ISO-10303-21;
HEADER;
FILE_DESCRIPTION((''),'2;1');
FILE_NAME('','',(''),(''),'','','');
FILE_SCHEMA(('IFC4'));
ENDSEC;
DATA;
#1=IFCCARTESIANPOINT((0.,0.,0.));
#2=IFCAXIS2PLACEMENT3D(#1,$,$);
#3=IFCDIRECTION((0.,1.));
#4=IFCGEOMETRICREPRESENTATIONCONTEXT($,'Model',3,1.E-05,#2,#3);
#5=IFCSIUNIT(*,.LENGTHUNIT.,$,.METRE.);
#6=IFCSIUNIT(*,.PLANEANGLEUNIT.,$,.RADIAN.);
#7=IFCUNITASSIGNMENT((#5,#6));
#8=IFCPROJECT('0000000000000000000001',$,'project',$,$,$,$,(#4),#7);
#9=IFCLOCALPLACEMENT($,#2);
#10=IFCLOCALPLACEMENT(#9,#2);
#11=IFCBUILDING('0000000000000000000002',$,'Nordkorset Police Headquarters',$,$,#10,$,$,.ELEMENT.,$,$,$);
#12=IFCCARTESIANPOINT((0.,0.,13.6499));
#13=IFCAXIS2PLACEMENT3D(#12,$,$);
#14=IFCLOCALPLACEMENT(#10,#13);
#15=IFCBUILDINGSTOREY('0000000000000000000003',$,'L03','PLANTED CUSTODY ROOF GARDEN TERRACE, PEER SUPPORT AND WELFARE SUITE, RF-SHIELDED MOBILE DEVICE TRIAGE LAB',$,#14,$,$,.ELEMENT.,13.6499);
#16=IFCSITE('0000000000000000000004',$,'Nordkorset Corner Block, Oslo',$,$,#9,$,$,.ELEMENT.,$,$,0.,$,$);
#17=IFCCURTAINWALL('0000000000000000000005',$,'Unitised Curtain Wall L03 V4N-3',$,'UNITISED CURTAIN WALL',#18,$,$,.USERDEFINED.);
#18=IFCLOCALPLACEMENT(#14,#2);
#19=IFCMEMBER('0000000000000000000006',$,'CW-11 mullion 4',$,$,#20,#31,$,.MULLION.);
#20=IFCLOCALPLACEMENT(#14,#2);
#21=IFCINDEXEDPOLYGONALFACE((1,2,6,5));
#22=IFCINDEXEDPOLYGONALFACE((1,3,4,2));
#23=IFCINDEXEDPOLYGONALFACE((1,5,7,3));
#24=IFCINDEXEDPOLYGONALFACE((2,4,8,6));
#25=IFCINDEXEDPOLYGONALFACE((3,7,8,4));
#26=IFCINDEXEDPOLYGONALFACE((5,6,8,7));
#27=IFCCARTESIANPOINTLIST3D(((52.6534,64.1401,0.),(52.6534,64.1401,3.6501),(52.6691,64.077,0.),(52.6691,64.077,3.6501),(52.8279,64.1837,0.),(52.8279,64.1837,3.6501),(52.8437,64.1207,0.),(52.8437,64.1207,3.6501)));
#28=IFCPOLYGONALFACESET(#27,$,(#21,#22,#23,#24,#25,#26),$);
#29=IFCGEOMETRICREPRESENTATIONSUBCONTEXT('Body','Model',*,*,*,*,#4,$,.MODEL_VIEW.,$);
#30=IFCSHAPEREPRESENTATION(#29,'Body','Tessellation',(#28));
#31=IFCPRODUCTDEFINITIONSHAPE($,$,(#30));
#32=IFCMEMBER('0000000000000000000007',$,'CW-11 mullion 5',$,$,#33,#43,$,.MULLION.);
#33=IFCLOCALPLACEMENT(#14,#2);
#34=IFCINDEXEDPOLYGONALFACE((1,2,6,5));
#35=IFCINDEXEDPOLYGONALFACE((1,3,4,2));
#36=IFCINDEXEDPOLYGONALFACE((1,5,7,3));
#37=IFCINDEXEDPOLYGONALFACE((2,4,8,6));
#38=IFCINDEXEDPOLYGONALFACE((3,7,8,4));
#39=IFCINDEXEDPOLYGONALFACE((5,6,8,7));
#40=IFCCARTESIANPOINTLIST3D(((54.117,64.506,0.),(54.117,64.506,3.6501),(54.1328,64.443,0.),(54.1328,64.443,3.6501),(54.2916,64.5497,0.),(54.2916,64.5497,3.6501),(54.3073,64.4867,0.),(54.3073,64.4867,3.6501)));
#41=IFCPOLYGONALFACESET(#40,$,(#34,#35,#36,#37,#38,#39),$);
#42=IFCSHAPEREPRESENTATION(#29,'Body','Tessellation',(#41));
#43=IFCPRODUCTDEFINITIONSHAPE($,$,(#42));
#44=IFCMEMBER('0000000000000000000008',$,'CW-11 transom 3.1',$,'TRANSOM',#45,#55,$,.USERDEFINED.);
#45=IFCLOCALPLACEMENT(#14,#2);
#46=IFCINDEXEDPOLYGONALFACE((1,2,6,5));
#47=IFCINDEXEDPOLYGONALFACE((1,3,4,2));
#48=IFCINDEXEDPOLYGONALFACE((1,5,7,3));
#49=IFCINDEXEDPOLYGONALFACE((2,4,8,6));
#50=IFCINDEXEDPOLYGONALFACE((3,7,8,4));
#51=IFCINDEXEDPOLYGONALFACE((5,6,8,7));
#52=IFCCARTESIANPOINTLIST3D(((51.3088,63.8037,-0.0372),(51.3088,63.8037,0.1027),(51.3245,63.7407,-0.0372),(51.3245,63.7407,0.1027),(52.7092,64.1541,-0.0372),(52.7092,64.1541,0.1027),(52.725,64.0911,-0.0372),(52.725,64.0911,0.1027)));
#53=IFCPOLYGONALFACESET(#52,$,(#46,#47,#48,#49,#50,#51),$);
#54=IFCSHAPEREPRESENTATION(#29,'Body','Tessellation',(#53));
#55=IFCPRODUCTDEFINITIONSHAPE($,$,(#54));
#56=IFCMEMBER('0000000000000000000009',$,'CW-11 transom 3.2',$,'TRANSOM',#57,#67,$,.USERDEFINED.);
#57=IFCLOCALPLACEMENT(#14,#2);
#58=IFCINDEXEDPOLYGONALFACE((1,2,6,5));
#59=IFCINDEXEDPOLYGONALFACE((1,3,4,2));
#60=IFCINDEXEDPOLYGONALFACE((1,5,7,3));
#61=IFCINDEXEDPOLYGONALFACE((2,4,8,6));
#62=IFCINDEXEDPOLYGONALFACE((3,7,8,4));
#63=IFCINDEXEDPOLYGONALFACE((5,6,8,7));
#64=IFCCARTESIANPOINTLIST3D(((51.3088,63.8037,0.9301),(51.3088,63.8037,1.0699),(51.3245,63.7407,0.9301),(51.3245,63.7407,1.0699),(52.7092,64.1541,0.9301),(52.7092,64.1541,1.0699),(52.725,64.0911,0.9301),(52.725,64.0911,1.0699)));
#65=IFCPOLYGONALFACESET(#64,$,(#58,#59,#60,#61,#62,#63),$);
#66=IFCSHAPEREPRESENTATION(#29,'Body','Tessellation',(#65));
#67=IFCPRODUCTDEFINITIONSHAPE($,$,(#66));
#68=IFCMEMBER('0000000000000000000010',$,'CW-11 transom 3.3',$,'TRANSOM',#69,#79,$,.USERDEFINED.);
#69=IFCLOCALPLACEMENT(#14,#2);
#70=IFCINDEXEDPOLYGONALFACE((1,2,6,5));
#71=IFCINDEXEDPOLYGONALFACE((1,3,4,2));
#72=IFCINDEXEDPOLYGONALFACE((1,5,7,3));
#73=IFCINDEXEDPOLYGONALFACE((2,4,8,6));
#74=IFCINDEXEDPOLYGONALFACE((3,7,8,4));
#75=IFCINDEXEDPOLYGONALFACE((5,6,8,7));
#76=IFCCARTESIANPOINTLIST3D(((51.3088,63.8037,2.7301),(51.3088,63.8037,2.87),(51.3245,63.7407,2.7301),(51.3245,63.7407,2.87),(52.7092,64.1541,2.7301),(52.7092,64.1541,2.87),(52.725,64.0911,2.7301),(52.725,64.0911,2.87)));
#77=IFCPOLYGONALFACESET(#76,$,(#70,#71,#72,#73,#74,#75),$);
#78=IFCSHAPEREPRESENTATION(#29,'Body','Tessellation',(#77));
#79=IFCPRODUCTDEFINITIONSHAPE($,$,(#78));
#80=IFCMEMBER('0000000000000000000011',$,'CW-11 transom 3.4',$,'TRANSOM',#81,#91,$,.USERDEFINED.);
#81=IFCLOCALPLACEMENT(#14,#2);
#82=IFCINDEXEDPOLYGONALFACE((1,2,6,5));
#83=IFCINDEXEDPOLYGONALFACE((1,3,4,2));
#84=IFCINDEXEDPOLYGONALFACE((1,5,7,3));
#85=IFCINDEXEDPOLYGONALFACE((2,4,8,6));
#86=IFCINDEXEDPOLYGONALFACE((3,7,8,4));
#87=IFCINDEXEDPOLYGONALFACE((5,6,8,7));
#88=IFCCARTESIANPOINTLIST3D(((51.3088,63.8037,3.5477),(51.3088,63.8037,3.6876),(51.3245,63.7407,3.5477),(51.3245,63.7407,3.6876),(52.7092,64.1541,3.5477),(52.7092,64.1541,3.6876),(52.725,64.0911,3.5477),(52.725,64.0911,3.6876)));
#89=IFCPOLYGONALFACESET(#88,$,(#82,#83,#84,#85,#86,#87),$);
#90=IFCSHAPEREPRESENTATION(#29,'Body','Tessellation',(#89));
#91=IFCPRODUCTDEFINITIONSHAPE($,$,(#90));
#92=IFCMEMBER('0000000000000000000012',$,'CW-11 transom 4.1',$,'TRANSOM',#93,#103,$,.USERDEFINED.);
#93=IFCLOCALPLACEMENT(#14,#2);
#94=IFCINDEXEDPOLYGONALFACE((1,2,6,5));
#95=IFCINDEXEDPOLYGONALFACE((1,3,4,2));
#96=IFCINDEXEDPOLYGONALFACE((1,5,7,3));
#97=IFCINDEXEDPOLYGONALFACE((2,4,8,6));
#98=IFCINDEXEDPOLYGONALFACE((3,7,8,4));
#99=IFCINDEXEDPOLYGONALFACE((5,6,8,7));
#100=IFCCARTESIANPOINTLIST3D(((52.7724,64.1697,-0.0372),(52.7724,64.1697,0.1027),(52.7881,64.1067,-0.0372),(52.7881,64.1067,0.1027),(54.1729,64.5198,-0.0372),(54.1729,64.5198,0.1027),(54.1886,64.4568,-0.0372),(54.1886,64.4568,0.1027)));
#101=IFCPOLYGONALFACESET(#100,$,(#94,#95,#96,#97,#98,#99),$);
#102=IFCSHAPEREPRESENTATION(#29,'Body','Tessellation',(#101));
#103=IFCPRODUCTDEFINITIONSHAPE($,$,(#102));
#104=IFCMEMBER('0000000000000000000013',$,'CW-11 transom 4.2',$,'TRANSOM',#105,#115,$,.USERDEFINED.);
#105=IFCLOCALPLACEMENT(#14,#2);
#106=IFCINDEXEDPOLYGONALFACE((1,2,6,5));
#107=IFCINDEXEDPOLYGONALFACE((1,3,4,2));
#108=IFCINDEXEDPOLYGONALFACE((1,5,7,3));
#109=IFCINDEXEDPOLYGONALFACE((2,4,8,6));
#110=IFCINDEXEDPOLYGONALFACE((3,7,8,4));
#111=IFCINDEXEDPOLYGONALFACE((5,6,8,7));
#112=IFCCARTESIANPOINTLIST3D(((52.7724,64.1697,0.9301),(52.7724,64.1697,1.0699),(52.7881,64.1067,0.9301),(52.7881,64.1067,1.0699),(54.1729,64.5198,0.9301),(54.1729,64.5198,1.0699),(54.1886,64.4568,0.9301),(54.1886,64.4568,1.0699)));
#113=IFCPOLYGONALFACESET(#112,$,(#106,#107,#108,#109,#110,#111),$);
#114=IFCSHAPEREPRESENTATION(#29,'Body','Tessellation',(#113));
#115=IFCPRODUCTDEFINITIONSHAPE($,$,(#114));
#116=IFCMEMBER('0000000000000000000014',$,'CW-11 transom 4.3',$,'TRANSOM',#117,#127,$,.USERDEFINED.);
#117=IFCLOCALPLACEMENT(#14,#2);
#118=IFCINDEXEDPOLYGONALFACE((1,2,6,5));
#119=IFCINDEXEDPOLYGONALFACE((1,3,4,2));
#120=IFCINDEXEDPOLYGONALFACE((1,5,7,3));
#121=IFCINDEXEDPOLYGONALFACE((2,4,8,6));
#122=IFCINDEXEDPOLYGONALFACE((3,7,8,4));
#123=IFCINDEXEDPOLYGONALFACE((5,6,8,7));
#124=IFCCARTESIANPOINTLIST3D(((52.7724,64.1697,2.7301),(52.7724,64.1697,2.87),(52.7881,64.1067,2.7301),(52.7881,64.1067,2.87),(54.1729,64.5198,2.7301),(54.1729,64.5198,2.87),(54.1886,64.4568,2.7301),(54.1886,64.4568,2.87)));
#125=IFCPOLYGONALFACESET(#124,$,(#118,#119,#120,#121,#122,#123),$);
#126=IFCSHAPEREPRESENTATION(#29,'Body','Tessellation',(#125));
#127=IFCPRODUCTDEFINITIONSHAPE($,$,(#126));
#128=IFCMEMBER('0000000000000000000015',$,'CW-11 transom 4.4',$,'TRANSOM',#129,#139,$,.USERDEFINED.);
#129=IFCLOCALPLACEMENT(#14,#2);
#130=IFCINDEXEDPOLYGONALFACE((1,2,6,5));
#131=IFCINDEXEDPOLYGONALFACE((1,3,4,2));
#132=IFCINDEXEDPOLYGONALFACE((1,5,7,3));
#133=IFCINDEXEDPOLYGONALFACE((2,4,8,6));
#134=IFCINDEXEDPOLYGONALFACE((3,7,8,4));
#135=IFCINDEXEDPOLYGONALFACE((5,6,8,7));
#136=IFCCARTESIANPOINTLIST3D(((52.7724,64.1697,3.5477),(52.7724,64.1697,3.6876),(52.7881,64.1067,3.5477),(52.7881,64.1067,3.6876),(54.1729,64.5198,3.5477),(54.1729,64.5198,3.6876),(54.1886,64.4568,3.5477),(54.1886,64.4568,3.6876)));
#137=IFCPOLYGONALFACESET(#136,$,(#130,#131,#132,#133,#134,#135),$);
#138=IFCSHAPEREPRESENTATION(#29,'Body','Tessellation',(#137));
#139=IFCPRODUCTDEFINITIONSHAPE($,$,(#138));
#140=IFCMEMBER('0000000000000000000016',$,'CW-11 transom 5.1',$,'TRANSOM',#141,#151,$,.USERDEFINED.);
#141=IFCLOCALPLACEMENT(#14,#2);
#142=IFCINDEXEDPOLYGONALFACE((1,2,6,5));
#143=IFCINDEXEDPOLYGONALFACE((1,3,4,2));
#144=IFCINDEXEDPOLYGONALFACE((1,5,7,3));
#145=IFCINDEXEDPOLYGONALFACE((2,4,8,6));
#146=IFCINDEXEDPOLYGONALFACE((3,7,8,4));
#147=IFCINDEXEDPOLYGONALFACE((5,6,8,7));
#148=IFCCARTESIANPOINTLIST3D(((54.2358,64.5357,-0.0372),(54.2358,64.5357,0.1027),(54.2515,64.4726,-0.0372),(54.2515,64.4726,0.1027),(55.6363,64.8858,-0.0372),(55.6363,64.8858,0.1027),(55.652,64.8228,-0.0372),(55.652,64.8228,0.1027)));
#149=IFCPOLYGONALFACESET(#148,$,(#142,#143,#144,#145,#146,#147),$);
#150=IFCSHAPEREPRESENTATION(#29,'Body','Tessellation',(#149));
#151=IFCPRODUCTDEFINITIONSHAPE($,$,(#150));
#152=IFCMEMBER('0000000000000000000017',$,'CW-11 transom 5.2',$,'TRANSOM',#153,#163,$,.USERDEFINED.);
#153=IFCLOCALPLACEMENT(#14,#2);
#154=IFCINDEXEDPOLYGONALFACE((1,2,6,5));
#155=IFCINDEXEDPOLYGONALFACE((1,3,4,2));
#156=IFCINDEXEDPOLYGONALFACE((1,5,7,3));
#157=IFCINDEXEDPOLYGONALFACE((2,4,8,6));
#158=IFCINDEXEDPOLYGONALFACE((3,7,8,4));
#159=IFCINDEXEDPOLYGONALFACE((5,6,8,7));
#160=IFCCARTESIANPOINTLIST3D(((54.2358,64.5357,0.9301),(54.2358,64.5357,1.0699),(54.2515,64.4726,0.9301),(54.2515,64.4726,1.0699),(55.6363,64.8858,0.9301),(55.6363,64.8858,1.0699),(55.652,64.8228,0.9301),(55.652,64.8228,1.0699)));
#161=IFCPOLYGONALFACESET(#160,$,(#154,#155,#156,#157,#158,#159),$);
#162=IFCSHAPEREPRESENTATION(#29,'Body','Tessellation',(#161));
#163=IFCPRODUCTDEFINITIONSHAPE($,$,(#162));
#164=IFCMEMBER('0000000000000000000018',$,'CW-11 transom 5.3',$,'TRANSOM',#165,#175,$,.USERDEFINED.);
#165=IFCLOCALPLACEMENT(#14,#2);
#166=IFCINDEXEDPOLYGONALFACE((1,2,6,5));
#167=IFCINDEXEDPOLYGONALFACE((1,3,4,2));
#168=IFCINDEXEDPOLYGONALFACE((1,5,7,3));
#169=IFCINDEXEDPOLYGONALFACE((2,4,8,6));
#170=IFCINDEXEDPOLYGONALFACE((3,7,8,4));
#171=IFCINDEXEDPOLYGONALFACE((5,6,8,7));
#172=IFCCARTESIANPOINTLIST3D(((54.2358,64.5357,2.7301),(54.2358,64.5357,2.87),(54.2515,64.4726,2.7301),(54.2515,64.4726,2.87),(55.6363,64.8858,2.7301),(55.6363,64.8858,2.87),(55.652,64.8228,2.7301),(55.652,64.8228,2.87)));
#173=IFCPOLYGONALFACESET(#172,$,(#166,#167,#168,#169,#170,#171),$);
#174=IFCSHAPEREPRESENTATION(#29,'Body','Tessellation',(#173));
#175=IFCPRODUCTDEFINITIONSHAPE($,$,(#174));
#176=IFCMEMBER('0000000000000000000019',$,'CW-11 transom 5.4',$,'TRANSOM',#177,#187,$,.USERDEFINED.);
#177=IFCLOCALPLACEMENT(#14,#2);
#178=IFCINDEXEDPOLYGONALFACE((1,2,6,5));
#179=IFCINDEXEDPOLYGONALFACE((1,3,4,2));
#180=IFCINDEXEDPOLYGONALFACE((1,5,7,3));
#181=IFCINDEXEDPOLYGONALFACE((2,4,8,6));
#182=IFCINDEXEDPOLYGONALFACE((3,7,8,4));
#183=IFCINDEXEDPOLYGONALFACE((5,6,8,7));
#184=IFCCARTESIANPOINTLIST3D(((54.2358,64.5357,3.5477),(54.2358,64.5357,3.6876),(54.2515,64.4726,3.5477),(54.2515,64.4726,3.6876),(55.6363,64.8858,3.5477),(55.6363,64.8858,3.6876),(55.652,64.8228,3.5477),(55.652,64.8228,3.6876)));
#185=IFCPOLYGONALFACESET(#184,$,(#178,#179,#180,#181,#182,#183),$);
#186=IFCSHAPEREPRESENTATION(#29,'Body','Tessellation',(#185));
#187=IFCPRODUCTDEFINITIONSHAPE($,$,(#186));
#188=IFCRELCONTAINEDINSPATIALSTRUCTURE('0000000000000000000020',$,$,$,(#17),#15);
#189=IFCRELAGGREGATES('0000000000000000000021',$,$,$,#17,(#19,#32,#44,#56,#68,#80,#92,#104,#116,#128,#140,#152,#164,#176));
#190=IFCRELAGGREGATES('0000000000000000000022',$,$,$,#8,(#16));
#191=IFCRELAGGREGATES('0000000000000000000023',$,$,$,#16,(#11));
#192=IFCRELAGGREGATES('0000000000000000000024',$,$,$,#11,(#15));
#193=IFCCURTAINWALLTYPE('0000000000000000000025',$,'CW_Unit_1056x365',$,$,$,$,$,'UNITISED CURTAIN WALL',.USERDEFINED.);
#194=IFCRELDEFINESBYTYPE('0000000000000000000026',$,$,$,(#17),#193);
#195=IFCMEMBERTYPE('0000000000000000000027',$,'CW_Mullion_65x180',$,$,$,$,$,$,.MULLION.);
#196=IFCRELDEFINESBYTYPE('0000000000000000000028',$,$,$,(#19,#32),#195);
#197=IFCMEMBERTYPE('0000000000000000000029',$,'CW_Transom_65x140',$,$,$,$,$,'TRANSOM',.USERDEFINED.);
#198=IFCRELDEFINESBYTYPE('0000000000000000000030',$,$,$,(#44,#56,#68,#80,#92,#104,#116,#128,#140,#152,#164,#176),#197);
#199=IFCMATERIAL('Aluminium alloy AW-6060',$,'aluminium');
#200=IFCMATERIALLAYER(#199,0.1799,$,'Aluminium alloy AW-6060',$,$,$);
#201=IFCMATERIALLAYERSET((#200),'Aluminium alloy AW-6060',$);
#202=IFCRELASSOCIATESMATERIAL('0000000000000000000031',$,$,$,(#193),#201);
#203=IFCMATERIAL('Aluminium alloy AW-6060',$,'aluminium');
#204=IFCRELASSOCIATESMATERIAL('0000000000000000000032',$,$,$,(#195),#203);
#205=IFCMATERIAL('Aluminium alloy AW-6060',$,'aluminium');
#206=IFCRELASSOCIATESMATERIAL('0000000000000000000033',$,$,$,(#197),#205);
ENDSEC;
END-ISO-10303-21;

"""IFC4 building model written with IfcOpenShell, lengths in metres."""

from ifc_helpers import new_model, si_unit, direction, frame, origin, origin_2d, place, context, subcontext, project, spatial, rectangle, extrude, material, layer, layer_set, material_profile, profile_set, type_object, element, aggregate, save


model = new_model("IFC4")

# Units and contexts
model_context = context("Model", 3, precision=1e-05, world=origin(), true_north=direction((0.0, 1.0)))
body_context = subcontext(model_context, "Body", "Model", "MODEL_VIEW")
ifc_project = project(units=[si_unit("LENGTHUNIT", "METRE"), si_unit("PLANEANGLEUNIT", "RADIAN")], contexts=[model_context])

# Site, building, storey
site_placement = place(None, origin())
site = spatial("IfcSite", under=ifc_project, at=site_placement, Name="Nordkorset Corner Block, Oslo", CompositionType="ELEMENT", RefElevation=0.0)
building_placement = place(site_placement, origin())
building = spatial("IfcBuilding", under=site, at=building_placement, Name="Nordkorset Police Headquarters", CompositionType="ELEMENT")
storey_placement = place(building_placement, frame((0.0, 0.0, 13.6499)))
storey = spatial("IfcBuildingStorey", under=building, at=storey_placement, Name="L03", Description="PLANTED CUSTODY ROOF GARDEN TERRACE, PEER SUPPORT AND WELFARE SUITE, RF-SHIELDED MOBILE DEVICE TRIAGE LAB", CompositionType="ELEMENT", Elevation=13.6499)

# Curtain wall, members
ifc_material_1 = material(Name="Aluminium alloy AW-6060", Category="aluminium")
ifc_layer_1 = layer(ifc_material_1, 0.1799, Name="Aluminium alloy AW-6060")
ifc_layer_set_1 = layer_set([ifc_layer_1], Name="Aluminium alloy AW-6060")
curtain_wall_type = type_object("IfcCurtainWallType", Name="CW_Unit_1056x365", ElementType="UNITISED CURTAIN WALL", PredefinedType="USERDEFINED", material=ifc_layer_set_1)
curtain_wall_placement = place(storey_placement, origin())
curtain_wall = element("IfcCurtainWall", 1, at=curtain_wall_placement, inside=storey, type_object=curtain_wall_type, Name="Unitised Curtain Wall L03 V4N-3", ObjectType="UNITISED CURTAIN WALL", PredefinedType="USERDEFINED")
ifc_material_2 = material(Name="Aluminium alloy AW-6060", Category="aluminium")
ifc_material_profile_1 = material_profile(ifc_material_2, rectangle(XDim=0.0649, YDim=0.1799, at=origin_2d()), Name="ALU MULL 65x180")
ifc_profile_set_1 = profile_set([ifc_material_profile_1], Name="Aluminium alloy AW-6060")
member_type_1 = type_object("IfcMemberType", Name="CW_Mullion_65x180", PredefinedType="MULLION", material=ifc_profile_set_1)
member_1_placement = place(storey_placement, frame((52.7485, 64.1304, 0.0), z_axis=(0.0, 0.0, 1.0), x_axis=(-0.242536, 0.970142, 0.0)))
member_1 = element("IfcMember", 2, at=member_1_placement, type_object=member_type_1, Name="CW-11 mullion 4", PredefinedType="MULLION", context=body_context, shape_type="SweptSolid", body=[
    extrude(rectangle(XDim=0.0649, YDim=0.1799, at=origin_2d()), origin(), (0.0, 0.0, 1.0), 3.6501),
])
member_2_placement = place(storey_placement, frame((54.2122, 64.4963, 0.0), z_axis=(0.0, 0.0, 1.0), x_axis=(-0.242536, 0.970142, 0.0)))
member_2 = element("IfcMember", 3, at=member_2_placement, type_object=member_type_1, Name="CW-11 mullion 5", PredefinedType="MULLION", context=body_context, shape_type="SweptSolid", body=[
    extrude(rectangle(XDim=0.0649, YDim=0.1799, at=origin_2d()), origin(), (0.0, 0.0, 1.0), 3.6501),
])
ifc_material_3 = material(Name="Aluminium alloy AW-6060", Category="aluminium")
ifc_material_profile_2 = material_profile(ifc_material_3, rectangle(XDim=0.0649, YDim=0.1399, at=origin_2d()), Name="ALU TRAN 65x140")
ifc_profile_set_2 = profile_set([ifc_material_profile_2], Name="Aluminium alloy AW-6060")
member_type_2 = type_object("IfcMemberType", Name="CW_Transom_65x140", ElementType="TRANSOM", PredefinedType="USERDEFINED", material=ifc_profile_set_2)
member_3_placement = place(storey_placement, frame((51.3167, 63.7722, 0.0327), z_axis=(0.970103, 0.242695, 0.0), x_axis=(-0.242695, 0.970103, 0.0)))
member_3 = element("IfcMember", 4, at=member_3_placement, type_object=member_type_2, Name="CW-11 transom 3.1", ObjectType="TRANSOM", PredefinedType="USERDEFINED", context=body_context, shape_type="SweptSolid", body=[
    extrude(rectangle(XDim=0.0649, YDim=0.1399, at=origin_2d()), origin(), (0.0, 0.0, 1.0), 1.4436),
])
member_4_placement = place(storey_placement, frame((51.3167, 63.7722, 1.0), z_axis=(0.970103, 0.242695, 0.0), x_axis=(-0.242695, 0.970103, 0.0)))
member_4 = element("IfcMember", 5, at=member_4_placement, type_object=member_type_2, Name="CW-11 transom 3.2", ObjectType="TRANSOM", PredefinedType="USERDEFINED", context=body_context, shape_type="SweptSolid", body=[
    extrude(rectangle(XDim=0.0649, YDim=0.1399, at=origin_2d()), origin(), (0.0, 0.0, 1.0), 1.4436),
])
member_5_placement = place(storey_placement, frame((51.3167, 63.7722, 2.8), z_axis=(0.970103, 0.242695, 0.0), x_axis=(-0.242695, 0.970103, 0.0)))
member_5 = element("IfcMember", 6, at=member_5_placement, type_object=member_type_2, Name="CW-11 transom 3.3", ObjectType="TRANSOM", PredefinedType="USERDEFINED", context=body_context, shape_type="SweptSolid", body=[
    extrude(rectangle(XDim=0.0649, YDim=0.1399, at=origin_2d()), origin(), (0.0, 0.0, 1.0), 1.4436),
])
member_6_placement = place(storey_placement, frame((51.3167, 63.7722, 3.6177), z_axis=(0.970103, 0.242695, 0.0), x_axis=(-0.242695, 0.970103, 0.0)))
member_6 = element("IfcMember", 7, at=member_6_placement, type_object=member_type_2, Name="CW-11 transom 3.4", ObjectType="TRANSOM", PredefinedType="USERDEFINED", context=body_context, shape_type="SweptSolid", body=[
    extrude(rectangle(XDim=0.0649, YDim=0.1399, at=origin_2d()), origin(), (0.0, 0.0, 1.0), 1.4436),
])
member_7_placement = place(storey_placement, frame((52.7803, 64.1382, 0.0327), z_axis=(0.970143, 0.242536, 0.0), x_axis=(-0.242536, 0.970143, 0.0)))
member_7 = element("IfcMember", 8, at=member_7_placement, type_object=member_type_2, Name="CW-11 transom 4.1", ObjectType="TRANSOM", PredefinedType="USERDEFINED", context=body_context, shape_type="SweptSolid", body=[
    extrude(rectangle(XDim=0.0649, YDim=0.1399, at=origin_2d()), origin(), (0.0, 0.0, 1.0), 1.4436),
])
member_8_placement = place(storey_placement, frame((52.7803, 64.1382, 1.0), z_axis=(0.970143, 0.242536, 0.0), x_axis=(-0.242536, 0.970143, 0.0)))
member_8 = element("IfcMember", 9, at=member_8_placement, type_object=member_type_2, Name="CW-11 transom 4.2", ObjectType="TRANSOM", PredefinedType="USERDEFINED", context=body_context, shape_type="SweptSolid", body=[
    extrude(rectangle(XDim=0.0649, YDim=0.1399, at=origin_2d()), origin(), (0.0, 0.0, 1.0), 1.4436),
])
member_9_placement = place(storey_placement, frame((52.7803, 64.1382, 2.8), z_axis=(0.970143, 0.242536, 0.0), x_axis=(-0.242536, 0.970143, 0.0)))
member_9 = element("IfcMember", 10, at=member_9_placement, type_object=member_type_2, Name="CW-11 transom 4.3", ObjectType="TRANSOM", PredefinedType="USERDEFINED", context=body_context, shape_type="SweptSolid", body=[
    extrude(rectangle(XDim=0.0649, YDim=0.1399, at=origin_2d()), origin(), (0.0, 0.0, 1.0), 1.4436),
])
member_10_placement = place(storey_placement, frame((52.7803, 64.1382, 3.6177), z_axis=(0.970143, 0.242536, 0.0), x_axis=(-0.242536, 0.970143, 0.0)))
member_10 = element("IfcMember", 11, at=member_10_placement, type_object=member_type_2, Name="CW-11 transom 4.4", ObjectType="TRANSOM", PredefinedType="USERDEFINED", context=body_context, shape_type="SweptSolid", body=[
    extrude(rectangle(XDim=0.0649, YDim=0.1399, at=origin_2d()), origin(), (0.0, 0.0, 1.0), 1.4436),
])
member_11_placement = place(storey_placement, frame((54.2437, 64.5042, 0.0327), z_axis=(0.970143, 0.242536, 0.0), x_axis=(-0.242536, 0.970143, 0.0)))
member_11 = element("IfcMember", 12, at=member_11_placement, type_object=member_type_2, Name="CW-11 transom 5.1", ObjectType="TRANSOM", PredefinedType="USERDEFINED", context=body_context, shape_type="SweptSolid", body=[
    extrude(rectangle(XDim=0.0649, YDim=0.1399, at=origin_2d()), origin(), (0.0, 0.0, 1.0), 1.4436),
])
member_12_placement = place(storey_placement, frame((54.2437, 64.5042, 1.0), z_axis=(0.970143, 0.242536, 0.0), x_axis=(-0.242536, 0.970143, 0.0)))
member_12 = element("IfcMember", 13, at=member_12_placement, type_object=member_type_2, Name="CW-11 transom 5.2", ObjectType="TRANSOM", PredefinedType="USERDEFINED", context=body_context, shape_type="SweptSolid", body=[
    extrude(rectangle(XDim=0.0649, YDim=0.1399, at=origin_2d()), origin(), (0.0, 0.0, 1.0), 1.4436),
])
member_13_placement = place(storey_placement, frame((54.2437, 64.5042, 2.8), z_axis=(0.970143, 0.242536, 0.0), x_axis=(-0.242536, 0.970143, 0.0)))
member_13 = element("IfcMember", 14, at=member_13_placement, type_object=member_type_2, Name="CW-11 transom 5.3", ObjectType="TRANSOM", PredefinedType="USERDEFINED", context=body_context, shape_type="SweptSolid", body=[
    extrude(rectangle(XDim=0.0649, YDim=0.1399, at=origin_2d()), origin(), (0.0, 0.0, 1.0), 1.4436),
])
member_14_placement = place(storey_placement, frame((54.2437, 64.5042, 3.6177), z_axis=(0.970143, 0.242536, 0.0), x_axis=(-0.242536, 0.970143, 0.0)))
member_14 = element("IfcMember", 15, at=member_14_placement, type_object=member_type_2, Name="CW-11 transom 5.4", ObjectType="TRANSOM", PredefinedType="USERDEFINED", context=body_context, shape_type="SweptSolid", body=[
    extrude(rectangle(XDim=0.0649, YDim=0.1399, at=origin_2d()), origin(), (0.0, 0.0, 1.0), 1.4436),
])
aggregate(curtain_wall, [member_1, member_2, member_3, member_4, member_5, member_6, member_7, member_8, member_9, member_10, member_11, member_12, member_13, member_14])

save(model, "model.ifc")
